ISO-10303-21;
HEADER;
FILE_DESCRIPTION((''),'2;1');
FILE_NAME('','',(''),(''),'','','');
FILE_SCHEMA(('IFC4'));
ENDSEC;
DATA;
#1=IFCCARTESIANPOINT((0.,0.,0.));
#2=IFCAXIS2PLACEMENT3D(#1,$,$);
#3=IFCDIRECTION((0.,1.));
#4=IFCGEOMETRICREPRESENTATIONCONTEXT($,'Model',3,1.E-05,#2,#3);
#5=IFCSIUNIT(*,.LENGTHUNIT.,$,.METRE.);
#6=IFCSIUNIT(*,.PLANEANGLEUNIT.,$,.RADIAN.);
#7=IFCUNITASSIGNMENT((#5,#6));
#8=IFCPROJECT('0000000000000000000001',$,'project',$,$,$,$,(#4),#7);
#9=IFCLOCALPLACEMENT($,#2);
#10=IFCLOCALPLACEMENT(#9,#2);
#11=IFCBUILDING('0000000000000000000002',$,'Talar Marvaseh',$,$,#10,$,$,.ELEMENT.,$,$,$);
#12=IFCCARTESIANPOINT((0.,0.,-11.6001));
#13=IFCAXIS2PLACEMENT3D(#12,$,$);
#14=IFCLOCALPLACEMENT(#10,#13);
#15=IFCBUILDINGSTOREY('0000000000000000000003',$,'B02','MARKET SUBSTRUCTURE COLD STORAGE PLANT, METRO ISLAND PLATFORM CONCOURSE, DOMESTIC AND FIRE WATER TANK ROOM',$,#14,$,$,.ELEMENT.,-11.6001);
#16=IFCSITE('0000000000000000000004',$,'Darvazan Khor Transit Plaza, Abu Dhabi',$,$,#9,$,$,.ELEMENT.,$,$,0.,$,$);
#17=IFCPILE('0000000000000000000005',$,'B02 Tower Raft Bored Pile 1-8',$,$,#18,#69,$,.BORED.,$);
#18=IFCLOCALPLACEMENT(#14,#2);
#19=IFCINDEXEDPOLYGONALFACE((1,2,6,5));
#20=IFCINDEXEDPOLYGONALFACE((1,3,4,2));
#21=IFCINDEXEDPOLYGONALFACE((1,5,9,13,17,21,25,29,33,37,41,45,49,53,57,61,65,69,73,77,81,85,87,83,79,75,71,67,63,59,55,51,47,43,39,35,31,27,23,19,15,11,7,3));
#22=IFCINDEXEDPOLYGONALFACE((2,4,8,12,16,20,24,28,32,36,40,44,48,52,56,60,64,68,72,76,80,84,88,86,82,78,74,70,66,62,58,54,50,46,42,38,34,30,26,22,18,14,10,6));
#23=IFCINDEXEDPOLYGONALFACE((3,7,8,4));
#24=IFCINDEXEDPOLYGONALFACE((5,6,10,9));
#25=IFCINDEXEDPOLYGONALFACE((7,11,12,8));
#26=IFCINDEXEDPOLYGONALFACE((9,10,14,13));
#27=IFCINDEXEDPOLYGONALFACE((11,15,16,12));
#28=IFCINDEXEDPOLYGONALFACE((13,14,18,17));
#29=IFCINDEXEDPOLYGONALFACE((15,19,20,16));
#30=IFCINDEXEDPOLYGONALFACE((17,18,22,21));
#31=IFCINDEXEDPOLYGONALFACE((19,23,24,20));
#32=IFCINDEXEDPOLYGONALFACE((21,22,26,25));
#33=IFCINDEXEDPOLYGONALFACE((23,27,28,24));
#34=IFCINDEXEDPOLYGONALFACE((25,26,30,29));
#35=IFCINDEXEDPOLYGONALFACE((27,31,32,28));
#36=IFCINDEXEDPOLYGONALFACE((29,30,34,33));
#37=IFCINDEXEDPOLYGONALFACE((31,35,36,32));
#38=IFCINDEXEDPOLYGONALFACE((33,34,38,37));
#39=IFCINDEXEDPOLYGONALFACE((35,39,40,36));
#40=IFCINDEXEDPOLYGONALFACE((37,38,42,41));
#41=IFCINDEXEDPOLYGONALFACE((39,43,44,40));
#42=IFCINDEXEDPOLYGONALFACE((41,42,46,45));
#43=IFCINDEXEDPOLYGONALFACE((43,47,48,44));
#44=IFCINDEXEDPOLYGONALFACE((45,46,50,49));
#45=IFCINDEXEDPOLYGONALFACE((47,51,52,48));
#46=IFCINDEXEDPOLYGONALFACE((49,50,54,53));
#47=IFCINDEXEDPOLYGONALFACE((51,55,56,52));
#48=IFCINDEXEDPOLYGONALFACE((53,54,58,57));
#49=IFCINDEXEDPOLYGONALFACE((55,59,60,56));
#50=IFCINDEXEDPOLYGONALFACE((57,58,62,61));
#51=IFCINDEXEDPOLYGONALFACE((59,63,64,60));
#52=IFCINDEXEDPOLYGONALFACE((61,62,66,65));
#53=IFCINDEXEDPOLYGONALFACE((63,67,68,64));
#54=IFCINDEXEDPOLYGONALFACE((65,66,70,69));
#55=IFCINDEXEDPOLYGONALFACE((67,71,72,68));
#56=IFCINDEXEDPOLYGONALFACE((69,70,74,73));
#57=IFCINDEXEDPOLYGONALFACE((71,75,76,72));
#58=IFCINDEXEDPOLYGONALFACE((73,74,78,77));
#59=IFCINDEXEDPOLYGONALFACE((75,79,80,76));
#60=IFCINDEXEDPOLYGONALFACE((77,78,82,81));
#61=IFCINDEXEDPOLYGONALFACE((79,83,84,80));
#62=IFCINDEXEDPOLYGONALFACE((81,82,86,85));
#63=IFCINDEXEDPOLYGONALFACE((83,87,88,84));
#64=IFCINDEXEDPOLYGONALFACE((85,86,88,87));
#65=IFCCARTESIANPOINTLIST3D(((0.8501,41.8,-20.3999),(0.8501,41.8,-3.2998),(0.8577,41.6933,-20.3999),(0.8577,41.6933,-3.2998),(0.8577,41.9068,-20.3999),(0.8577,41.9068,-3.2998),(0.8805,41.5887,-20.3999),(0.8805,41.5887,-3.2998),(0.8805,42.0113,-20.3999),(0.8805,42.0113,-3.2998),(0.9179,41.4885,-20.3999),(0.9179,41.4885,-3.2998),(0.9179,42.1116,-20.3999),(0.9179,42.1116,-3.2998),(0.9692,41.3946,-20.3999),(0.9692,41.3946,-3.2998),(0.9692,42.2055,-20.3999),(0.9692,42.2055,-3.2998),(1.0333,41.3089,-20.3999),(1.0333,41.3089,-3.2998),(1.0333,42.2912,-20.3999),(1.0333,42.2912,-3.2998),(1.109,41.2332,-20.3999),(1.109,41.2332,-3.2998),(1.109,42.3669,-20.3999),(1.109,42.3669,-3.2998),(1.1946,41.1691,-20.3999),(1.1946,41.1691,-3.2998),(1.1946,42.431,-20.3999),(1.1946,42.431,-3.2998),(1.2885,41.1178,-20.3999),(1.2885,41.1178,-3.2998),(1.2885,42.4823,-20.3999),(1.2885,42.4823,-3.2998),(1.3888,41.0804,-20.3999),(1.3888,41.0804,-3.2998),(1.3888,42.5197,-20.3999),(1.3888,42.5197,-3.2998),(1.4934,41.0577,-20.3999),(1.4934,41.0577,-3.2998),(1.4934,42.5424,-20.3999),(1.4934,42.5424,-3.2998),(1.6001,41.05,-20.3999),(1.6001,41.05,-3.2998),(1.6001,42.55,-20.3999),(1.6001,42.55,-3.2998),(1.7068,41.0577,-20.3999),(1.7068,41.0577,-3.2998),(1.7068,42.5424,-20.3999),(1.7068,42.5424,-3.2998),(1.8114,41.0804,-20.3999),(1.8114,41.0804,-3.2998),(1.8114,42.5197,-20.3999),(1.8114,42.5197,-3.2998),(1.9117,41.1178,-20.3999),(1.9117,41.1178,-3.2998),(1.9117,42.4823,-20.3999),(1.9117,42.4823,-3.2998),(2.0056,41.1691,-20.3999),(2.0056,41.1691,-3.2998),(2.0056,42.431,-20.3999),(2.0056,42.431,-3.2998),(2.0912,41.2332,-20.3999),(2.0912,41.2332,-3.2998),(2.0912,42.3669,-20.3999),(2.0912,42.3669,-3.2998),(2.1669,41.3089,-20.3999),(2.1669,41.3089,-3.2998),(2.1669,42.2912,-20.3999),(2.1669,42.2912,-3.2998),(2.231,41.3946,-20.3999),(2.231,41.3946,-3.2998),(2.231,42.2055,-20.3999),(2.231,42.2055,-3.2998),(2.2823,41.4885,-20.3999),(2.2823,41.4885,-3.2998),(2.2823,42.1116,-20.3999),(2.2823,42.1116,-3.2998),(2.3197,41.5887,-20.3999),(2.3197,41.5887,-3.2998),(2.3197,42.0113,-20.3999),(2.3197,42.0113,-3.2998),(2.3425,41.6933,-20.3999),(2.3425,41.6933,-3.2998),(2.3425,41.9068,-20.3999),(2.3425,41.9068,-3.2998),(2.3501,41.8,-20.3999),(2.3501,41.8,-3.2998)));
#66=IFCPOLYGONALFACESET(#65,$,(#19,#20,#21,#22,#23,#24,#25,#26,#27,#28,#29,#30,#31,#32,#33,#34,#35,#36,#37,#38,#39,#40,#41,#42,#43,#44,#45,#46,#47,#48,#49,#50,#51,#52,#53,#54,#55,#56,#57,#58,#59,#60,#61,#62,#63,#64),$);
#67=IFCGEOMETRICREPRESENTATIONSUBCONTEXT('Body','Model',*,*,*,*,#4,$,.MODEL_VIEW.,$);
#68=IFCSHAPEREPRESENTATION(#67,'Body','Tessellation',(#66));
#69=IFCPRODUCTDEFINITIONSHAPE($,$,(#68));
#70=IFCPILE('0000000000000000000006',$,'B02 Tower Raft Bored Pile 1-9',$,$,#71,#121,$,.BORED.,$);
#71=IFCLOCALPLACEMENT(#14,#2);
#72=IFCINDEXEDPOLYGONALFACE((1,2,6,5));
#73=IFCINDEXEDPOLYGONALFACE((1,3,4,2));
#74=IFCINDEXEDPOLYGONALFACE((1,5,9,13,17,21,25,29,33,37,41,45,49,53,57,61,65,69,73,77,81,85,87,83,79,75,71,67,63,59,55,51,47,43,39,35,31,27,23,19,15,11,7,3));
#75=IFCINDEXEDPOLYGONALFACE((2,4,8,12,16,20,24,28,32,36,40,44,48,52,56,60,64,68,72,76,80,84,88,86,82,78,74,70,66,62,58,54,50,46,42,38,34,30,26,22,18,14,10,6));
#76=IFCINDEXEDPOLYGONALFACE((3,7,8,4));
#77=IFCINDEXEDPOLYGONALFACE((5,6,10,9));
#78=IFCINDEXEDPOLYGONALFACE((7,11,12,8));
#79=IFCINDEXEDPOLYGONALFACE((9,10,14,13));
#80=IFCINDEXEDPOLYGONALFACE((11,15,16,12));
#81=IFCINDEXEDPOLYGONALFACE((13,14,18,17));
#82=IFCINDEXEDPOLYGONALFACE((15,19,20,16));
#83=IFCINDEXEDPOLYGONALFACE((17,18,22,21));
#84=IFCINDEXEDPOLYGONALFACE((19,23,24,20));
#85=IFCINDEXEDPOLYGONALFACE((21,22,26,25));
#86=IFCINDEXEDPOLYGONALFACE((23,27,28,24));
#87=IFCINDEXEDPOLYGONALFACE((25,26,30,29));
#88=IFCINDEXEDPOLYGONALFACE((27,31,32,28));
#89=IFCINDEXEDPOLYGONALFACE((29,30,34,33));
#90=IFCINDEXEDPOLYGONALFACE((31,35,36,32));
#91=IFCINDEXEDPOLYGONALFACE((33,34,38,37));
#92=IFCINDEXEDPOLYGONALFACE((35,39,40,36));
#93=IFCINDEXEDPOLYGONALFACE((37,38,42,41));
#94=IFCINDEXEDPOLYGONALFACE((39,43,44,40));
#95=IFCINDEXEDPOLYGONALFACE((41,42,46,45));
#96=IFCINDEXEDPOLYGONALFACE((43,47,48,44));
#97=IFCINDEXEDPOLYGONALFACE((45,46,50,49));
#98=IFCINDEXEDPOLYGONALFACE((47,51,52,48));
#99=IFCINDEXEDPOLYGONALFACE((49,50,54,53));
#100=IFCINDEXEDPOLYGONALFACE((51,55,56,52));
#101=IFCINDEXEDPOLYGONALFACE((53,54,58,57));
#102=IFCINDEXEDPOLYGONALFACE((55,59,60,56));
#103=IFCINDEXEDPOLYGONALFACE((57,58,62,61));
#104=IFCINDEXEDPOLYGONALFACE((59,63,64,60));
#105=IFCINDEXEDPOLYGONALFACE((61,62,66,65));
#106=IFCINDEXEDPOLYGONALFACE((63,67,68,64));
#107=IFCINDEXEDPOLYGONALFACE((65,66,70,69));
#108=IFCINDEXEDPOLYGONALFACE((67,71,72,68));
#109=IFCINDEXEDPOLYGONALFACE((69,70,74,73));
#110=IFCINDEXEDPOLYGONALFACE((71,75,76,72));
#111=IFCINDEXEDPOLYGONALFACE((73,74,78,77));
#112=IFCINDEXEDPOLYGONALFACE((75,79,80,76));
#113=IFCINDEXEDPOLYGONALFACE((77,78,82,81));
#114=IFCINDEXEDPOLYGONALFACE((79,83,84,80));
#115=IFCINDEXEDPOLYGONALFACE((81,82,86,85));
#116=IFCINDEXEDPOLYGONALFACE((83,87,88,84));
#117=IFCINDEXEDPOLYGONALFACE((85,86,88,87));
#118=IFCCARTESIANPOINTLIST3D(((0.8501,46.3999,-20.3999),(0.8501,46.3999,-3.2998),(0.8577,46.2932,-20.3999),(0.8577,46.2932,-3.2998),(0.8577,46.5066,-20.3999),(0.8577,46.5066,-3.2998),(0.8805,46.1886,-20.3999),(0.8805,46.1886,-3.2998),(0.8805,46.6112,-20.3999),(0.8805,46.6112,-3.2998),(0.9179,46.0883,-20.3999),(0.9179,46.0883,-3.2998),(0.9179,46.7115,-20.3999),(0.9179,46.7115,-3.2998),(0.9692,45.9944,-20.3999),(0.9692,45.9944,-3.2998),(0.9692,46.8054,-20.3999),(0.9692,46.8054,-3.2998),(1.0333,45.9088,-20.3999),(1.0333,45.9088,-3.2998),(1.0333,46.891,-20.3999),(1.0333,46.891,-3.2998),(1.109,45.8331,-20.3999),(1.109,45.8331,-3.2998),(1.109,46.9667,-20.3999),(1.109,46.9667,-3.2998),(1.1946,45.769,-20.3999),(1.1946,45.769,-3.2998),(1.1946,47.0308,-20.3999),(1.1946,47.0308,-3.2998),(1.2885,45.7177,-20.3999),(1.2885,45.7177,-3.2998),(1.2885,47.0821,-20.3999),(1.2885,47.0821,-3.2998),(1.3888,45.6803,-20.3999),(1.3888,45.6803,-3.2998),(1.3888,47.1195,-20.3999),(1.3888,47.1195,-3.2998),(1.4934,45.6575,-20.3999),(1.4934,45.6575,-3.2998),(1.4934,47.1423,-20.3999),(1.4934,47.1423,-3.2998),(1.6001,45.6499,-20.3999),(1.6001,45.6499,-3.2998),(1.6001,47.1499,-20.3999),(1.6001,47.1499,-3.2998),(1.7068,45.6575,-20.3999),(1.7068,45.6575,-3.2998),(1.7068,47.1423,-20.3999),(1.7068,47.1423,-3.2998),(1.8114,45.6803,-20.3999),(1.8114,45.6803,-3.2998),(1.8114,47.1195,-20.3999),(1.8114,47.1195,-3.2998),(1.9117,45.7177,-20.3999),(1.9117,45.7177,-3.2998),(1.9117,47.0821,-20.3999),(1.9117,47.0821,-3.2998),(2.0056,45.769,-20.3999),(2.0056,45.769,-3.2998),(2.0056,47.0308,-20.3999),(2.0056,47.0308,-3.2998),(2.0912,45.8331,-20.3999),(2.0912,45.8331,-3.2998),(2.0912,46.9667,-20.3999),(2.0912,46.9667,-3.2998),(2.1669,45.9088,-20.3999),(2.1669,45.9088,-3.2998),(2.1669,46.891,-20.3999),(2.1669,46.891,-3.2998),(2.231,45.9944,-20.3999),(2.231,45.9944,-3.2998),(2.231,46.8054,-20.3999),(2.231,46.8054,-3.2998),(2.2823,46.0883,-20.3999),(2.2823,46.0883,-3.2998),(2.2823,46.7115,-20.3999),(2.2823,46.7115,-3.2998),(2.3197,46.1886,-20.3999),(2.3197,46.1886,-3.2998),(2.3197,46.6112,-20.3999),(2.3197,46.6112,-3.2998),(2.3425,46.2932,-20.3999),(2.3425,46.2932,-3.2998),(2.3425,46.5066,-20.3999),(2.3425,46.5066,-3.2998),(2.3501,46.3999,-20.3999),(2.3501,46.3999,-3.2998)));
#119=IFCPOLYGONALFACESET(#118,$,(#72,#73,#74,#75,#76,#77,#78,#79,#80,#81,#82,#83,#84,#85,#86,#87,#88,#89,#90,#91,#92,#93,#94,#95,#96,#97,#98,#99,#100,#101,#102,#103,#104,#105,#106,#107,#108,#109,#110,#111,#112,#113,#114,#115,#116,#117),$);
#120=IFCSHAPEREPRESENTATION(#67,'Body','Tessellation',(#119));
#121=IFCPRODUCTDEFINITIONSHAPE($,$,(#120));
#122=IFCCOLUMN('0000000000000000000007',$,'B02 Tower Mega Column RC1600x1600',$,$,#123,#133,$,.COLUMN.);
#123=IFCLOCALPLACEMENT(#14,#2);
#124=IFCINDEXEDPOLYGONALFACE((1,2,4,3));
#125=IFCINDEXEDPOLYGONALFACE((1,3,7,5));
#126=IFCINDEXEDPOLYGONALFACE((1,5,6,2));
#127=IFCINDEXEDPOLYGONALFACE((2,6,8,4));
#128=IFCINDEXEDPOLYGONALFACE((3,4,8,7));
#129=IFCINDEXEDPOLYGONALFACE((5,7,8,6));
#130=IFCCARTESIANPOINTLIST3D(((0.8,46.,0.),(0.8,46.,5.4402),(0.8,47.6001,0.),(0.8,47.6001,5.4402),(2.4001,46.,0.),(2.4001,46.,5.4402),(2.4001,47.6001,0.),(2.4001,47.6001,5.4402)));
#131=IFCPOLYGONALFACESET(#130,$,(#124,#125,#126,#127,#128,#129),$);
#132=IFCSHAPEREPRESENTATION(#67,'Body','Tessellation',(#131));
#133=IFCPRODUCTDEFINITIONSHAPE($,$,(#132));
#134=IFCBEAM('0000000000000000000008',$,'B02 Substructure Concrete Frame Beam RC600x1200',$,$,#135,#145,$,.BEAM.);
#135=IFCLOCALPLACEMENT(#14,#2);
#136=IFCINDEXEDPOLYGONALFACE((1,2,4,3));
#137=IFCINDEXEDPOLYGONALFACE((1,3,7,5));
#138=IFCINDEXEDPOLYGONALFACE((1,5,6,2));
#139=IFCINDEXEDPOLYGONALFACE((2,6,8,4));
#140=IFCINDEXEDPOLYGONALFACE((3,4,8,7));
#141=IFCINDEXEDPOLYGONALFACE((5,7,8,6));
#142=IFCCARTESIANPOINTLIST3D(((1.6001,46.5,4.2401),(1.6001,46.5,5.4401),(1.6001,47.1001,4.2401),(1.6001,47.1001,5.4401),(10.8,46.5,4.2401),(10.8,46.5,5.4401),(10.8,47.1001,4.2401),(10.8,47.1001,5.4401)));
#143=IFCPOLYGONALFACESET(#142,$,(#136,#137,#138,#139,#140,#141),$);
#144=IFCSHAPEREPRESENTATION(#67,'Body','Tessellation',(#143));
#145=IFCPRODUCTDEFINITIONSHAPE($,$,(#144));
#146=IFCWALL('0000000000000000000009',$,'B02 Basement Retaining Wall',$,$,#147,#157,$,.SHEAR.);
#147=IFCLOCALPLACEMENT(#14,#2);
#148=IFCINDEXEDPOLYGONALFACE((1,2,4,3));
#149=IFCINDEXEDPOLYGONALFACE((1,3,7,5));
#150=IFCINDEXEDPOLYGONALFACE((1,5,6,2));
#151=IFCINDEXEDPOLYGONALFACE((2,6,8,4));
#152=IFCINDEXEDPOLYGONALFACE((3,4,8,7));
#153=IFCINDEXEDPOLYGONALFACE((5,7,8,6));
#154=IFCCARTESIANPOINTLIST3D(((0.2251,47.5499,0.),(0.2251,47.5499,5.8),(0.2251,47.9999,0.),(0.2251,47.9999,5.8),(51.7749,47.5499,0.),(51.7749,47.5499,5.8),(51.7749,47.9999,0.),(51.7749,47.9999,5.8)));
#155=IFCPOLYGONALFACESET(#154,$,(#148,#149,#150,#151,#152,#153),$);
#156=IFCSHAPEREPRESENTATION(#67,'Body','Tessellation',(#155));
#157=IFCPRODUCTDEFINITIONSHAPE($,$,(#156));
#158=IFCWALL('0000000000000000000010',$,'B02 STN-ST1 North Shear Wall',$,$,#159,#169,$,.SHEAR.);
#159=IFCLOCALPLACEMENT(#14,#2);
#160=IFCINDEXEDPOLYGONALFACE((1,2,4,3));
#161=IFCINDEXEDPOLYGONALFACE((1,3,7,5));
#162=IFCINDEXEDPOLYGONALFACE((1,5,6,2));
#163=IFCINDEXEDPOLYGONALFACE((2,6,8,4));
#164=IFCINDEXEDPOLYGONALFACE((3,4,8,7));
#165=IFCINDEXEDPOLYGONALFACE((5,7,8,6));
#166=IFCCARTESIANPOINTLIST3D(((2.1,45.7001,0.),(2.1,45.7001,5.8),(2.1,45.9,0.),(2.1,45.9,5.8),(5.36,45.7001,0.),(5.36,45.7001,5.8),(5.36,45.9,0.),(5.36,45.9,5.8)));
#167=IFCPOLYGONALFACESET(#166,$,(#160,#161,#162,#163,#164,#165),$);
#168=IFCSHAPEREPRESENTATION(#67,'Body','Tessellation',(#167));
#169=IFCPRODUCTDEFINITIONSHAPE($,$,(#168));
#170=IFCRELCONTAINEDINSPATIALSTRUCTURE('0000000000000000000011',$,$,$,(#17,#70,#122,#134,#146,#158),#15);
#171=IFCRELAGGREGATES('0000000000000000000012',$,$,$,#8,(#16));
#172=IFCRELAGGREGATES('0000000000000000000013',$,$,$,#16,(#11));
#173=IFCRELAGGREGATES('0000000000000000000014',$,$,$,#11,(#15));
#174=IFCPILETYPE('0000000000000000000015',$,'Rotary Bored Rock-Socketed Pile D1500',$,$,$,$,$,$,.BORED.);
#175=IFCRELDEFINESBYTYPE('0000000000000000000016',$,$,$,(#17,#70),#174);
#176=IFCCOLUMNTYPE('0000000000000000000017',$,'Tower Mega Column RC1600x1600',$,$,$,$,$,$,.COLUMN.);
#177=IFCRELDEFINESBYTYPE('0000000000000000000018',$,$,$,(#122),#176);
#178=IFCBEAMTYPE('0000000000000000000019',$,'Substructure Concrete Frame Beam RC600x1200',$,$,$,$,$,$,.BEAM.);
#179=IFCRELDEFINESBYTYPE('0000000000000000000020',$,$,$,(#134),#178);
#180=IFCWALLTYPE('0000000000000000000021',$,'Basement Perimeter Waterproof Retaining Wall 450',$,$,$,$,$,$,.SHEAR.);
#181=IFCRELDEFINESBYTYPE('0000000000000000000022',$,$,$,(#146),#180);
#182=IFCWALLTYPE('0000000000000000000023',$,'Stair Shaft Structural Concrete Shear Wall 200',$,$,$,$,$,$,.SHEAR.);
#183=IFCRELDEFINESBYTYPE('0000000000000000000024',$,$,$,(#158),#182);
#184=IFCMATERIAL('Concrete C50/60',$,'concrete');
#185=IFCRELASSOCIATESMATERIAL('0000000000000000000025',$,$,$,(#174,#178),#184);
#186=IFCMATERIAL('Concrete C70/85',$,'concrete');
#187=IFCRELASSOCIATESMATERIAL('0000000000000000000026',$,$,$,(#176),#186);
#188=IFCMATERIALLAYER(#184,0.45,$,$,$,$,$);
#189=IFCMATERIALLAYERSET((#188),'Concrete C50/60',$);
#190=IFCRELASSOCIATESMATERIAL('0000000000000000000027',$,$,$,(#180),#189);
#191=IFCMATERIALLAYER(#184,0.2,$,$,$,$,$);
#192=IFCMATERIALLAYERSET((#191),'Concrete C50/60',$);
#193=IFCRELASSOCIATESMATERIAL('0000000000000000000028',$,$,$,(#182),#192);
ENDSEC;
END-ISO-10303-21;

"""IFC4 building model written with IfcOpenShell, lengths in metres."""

from ifc_helpers import new_model, si_unit, direction, frame, frame_2d, origin, origin_2d, place, context, subcontext, project, spatial, rectangle, circle, extrude, source, transform, mapped, material, layer, layer_set, material_profile, profile_set, type_object, type_shapes, element, save


model = new_model("IFC4")

# Units and contexts
model_context = context("Model", 3, precision=1e-05, world=origin(), true_north=direction((0.0, 1.0)))
body_context = subcontext(model_context, "Body", "Model", "MODEL_VIEW")
ifc_project = project(units=[si_unit("LENGTHUNIT", "METRE"), si_unit("PLANEANGLEUNIT", "RADIAN")], contexts=[model_context])

# Site, building, storey
site_placement = place(None, origin())
site = spatial("IfcSite", under=ifc_project, at=site_placement, Name="Darvazan Khor Transit Plaza, Abu Dhabi", CompositionType="ELEMENT", RefElevation=0.0)
building_placement = place(site_placement, origin())
building = spatial("IfcBuilding", under=site, at=building_placement, Name="Talar Marvaseh", CompositionType="ELEMENT")
storey_placement = place(building_placement, frame((0.0, 0.0, -11.6001)))
storey = spatial("IfcBuildingStorey", under=building, at=storey_placement, Name="B02", Description="MARKET SUBSTRUCTURE COLD STORAGE PLANT, METRO ISLAND PLATFORM CONCOURSE, DOMESTIC AND FIRE WATER TANK ROOM", CompositionType="ELEMENT", Elevation=-11.6001)

# Piles
ifc_material_1 = material(Name="Concrete C50/60", Category="concrete")
ifc_material_profile_1 = material_profile(ifc_material_1, circle(Radius=0.75, at=origin_2d()), Name="PILE-D1500")
ifc_profile_set_1 = profile_set([ifc_material_profile_1], Name="Concrete C50/60")
pile_type = type_object("IfcPileType", Name="Rotary Bored Rock-Socketed Pile D1500", PredefinedType="BORED", material=ifc_profile_set_1)
shared_shape = source(origin(), body_context, "Body", "SweptSolid", [
    extrude(circle(Radius=0.75, at=origin_2d()), origin(), (0.0, 0.0, 1.0), 17.1001),
])
type_shapes(pile_type, [shared_shape])
for number, where, z_axis, x_axis, name in (
    (1, (1.6001, 41.8, -3.2998), (0.0, 0.0, -1.0), (1.0, 0.0, 0.0), "B02 Tower Raft Bored Pile 1-8"),
    (2, (1.6001, 46.3999, -3.2998), (0.0, 0.0, -1.0), (1.0, 0.0, 0.0), "B02 Tower Raft Bored Pile 1-9"),
):
    element("IfcPile", number, at=place(storey_placement, frame(where, z_axis=z_axis, x_axis=x_axis)), inside=storey, type_object=pile_type, Name=name, PredefinedType="BORED", context=body_context, shape_type="MappedRepresentation", body=[
        mapped(shared_shape, transform((0.0, 0.0, 0.0), x_axis=(1.0, 0.0, 0.0), y_axis=(0.0, 1.0, 0.0), z_axis=(0.0, 0.0, 1.0), scale=1.0)),
    ])

# Column
ifc_material_2 = material(Name="Concrete C70/85", Category="concrete")
ifc_material_profile_2 = material_profile(ifc_material_2, rectangle(XDim=1.6001, YDim=1.6001, at=origin_2d()), Name="RC1600x1600")
ifc_profile_set_2 = profile_set([ifc_material_profile_2], Name="Concrete C70/85")
column_type = type_object("IfcColumnType", Name="Tower Mega Column RC1600x1600", PredefinedType="COLUMN", material=ifc_profile_set_2)
column_placement = place(storey_placement, frame((1.6001, 46.8, 0.0), z_axis=(0.0, 0.0, 1.0), x_axis=(1.0, 0.0, 0.0)))
element("IfcColumn", 3, at=column_placement, inside=storey, type_object=column_type, Name="B02 Tower Mega Column RC1600x1600", PredefinedType="COLUMN", context=body_context, shape_type="SweptSolid", body=[
    extrude(rectangle(XDim=1.6001, YDim=1.6001, at=origin_2d()), origin(), (0.0, 0.0, 1.0), 5.4402),
])

# Beam
ifc_material_profile_3 = material_profile(ifc_material_1, rectangle(XDim=0.6001, YDim=1.2, at=origin_2d()), Name="RC600x1200")
ifc_profile_set_3 = profile_set([ifc_material_profile_3], Name="Concrete C50/60")
beam_type = type_object("IfcBeamType", Name="Substructure Concrete Frame Beam RC600x1200", PredefinedType="BEAM", material=ifc_profile_set_3)
beam_placement = place(storey_placement, frame((1.6001, 46.8, 4.8401), z_axis=(1.0, 0.0, 0.0), x_axis=(0.0, 1.0, 0.0)))
element("IfcBeam", 4, at=beam_placement, inside=storey, type_object=beam_type, Name="B02 Substructure Concrete Frame Beam RC600x1200", PredefinedType="BEAM", context=body_context, shape_type="SweptSolid", body=[
    extrude(rectangle(XDim=0.6001, YDim=1.2, at=origin_2d()), origin(), (0.0, 0.0, 1.0), 9.2),
])

# Walls
ifc_layer_1 = layer(ifc_material_1, 0.45)
ifc_layer_set_1 = layer_set([ifc_layer_1], Name="Concrete C50/60")
wall_type_1 = type_object("IfcWallType", Name="Basement Perimeter Waterproof Retaining Wall 450", PredefinedType="SHEAR", material=ifc_layer_set_1)
wall_1_placement = place(storey_placement, frame((0.2251, 47.7749, 0.0), z_axis=(0.0, 0.0, 1.0), x_axis=(1.0, 0.0, 0.0)))
element("IfcWall", 5, at=wall_1_placement, inside=storey, type_object=wall_type_1, Name="B02 Basement Retaining Wall", PredefinedType="SHEAR", context=body_context, shape_type="SweptSolid", body=[
    extrude(rectangle(XDim=51.5498, YDim=0.45, at=frame_2d((25.7749, 0.0))), origin(), (0.0, 0.0, 1.0), 5.8),
])
ifc_layer_2 = layer(ifc_material_1, 0.2)
ifc_layer_set_2 = layer_set([ifc_layer_2], Name="Concrete C50/60")
wall_type_2 = type_object("IfcWallType", Name="Stair Shaft Structural Concrete Shear Wall 200", PredefinedType="SHEAR", material=ifc_layer_set_2)
wall_2_placement = place(storey_placement, frame((2.1001, 45.8, 0.0), z_axis=(0.0, 0.0, 1.0), x_axis=(1.0, 0.0, 0.0)))
element("IfcWall", 6, at=wall_2_placement, inside=storey, type_object=wall_type_2, Name="B02 STN-ST1 North Shear Wall", PredefinedType="SHEAR", context=body_context, shape_type="SweptSolid", body=[
    extrude(rectangle(XDim=3.26, YDim=0.2, at=frame_2d((1.6299, 0.0))), origin(), (0.0, 0.0, 1.0), 5.8),
])

save(model, "model.ifc")
